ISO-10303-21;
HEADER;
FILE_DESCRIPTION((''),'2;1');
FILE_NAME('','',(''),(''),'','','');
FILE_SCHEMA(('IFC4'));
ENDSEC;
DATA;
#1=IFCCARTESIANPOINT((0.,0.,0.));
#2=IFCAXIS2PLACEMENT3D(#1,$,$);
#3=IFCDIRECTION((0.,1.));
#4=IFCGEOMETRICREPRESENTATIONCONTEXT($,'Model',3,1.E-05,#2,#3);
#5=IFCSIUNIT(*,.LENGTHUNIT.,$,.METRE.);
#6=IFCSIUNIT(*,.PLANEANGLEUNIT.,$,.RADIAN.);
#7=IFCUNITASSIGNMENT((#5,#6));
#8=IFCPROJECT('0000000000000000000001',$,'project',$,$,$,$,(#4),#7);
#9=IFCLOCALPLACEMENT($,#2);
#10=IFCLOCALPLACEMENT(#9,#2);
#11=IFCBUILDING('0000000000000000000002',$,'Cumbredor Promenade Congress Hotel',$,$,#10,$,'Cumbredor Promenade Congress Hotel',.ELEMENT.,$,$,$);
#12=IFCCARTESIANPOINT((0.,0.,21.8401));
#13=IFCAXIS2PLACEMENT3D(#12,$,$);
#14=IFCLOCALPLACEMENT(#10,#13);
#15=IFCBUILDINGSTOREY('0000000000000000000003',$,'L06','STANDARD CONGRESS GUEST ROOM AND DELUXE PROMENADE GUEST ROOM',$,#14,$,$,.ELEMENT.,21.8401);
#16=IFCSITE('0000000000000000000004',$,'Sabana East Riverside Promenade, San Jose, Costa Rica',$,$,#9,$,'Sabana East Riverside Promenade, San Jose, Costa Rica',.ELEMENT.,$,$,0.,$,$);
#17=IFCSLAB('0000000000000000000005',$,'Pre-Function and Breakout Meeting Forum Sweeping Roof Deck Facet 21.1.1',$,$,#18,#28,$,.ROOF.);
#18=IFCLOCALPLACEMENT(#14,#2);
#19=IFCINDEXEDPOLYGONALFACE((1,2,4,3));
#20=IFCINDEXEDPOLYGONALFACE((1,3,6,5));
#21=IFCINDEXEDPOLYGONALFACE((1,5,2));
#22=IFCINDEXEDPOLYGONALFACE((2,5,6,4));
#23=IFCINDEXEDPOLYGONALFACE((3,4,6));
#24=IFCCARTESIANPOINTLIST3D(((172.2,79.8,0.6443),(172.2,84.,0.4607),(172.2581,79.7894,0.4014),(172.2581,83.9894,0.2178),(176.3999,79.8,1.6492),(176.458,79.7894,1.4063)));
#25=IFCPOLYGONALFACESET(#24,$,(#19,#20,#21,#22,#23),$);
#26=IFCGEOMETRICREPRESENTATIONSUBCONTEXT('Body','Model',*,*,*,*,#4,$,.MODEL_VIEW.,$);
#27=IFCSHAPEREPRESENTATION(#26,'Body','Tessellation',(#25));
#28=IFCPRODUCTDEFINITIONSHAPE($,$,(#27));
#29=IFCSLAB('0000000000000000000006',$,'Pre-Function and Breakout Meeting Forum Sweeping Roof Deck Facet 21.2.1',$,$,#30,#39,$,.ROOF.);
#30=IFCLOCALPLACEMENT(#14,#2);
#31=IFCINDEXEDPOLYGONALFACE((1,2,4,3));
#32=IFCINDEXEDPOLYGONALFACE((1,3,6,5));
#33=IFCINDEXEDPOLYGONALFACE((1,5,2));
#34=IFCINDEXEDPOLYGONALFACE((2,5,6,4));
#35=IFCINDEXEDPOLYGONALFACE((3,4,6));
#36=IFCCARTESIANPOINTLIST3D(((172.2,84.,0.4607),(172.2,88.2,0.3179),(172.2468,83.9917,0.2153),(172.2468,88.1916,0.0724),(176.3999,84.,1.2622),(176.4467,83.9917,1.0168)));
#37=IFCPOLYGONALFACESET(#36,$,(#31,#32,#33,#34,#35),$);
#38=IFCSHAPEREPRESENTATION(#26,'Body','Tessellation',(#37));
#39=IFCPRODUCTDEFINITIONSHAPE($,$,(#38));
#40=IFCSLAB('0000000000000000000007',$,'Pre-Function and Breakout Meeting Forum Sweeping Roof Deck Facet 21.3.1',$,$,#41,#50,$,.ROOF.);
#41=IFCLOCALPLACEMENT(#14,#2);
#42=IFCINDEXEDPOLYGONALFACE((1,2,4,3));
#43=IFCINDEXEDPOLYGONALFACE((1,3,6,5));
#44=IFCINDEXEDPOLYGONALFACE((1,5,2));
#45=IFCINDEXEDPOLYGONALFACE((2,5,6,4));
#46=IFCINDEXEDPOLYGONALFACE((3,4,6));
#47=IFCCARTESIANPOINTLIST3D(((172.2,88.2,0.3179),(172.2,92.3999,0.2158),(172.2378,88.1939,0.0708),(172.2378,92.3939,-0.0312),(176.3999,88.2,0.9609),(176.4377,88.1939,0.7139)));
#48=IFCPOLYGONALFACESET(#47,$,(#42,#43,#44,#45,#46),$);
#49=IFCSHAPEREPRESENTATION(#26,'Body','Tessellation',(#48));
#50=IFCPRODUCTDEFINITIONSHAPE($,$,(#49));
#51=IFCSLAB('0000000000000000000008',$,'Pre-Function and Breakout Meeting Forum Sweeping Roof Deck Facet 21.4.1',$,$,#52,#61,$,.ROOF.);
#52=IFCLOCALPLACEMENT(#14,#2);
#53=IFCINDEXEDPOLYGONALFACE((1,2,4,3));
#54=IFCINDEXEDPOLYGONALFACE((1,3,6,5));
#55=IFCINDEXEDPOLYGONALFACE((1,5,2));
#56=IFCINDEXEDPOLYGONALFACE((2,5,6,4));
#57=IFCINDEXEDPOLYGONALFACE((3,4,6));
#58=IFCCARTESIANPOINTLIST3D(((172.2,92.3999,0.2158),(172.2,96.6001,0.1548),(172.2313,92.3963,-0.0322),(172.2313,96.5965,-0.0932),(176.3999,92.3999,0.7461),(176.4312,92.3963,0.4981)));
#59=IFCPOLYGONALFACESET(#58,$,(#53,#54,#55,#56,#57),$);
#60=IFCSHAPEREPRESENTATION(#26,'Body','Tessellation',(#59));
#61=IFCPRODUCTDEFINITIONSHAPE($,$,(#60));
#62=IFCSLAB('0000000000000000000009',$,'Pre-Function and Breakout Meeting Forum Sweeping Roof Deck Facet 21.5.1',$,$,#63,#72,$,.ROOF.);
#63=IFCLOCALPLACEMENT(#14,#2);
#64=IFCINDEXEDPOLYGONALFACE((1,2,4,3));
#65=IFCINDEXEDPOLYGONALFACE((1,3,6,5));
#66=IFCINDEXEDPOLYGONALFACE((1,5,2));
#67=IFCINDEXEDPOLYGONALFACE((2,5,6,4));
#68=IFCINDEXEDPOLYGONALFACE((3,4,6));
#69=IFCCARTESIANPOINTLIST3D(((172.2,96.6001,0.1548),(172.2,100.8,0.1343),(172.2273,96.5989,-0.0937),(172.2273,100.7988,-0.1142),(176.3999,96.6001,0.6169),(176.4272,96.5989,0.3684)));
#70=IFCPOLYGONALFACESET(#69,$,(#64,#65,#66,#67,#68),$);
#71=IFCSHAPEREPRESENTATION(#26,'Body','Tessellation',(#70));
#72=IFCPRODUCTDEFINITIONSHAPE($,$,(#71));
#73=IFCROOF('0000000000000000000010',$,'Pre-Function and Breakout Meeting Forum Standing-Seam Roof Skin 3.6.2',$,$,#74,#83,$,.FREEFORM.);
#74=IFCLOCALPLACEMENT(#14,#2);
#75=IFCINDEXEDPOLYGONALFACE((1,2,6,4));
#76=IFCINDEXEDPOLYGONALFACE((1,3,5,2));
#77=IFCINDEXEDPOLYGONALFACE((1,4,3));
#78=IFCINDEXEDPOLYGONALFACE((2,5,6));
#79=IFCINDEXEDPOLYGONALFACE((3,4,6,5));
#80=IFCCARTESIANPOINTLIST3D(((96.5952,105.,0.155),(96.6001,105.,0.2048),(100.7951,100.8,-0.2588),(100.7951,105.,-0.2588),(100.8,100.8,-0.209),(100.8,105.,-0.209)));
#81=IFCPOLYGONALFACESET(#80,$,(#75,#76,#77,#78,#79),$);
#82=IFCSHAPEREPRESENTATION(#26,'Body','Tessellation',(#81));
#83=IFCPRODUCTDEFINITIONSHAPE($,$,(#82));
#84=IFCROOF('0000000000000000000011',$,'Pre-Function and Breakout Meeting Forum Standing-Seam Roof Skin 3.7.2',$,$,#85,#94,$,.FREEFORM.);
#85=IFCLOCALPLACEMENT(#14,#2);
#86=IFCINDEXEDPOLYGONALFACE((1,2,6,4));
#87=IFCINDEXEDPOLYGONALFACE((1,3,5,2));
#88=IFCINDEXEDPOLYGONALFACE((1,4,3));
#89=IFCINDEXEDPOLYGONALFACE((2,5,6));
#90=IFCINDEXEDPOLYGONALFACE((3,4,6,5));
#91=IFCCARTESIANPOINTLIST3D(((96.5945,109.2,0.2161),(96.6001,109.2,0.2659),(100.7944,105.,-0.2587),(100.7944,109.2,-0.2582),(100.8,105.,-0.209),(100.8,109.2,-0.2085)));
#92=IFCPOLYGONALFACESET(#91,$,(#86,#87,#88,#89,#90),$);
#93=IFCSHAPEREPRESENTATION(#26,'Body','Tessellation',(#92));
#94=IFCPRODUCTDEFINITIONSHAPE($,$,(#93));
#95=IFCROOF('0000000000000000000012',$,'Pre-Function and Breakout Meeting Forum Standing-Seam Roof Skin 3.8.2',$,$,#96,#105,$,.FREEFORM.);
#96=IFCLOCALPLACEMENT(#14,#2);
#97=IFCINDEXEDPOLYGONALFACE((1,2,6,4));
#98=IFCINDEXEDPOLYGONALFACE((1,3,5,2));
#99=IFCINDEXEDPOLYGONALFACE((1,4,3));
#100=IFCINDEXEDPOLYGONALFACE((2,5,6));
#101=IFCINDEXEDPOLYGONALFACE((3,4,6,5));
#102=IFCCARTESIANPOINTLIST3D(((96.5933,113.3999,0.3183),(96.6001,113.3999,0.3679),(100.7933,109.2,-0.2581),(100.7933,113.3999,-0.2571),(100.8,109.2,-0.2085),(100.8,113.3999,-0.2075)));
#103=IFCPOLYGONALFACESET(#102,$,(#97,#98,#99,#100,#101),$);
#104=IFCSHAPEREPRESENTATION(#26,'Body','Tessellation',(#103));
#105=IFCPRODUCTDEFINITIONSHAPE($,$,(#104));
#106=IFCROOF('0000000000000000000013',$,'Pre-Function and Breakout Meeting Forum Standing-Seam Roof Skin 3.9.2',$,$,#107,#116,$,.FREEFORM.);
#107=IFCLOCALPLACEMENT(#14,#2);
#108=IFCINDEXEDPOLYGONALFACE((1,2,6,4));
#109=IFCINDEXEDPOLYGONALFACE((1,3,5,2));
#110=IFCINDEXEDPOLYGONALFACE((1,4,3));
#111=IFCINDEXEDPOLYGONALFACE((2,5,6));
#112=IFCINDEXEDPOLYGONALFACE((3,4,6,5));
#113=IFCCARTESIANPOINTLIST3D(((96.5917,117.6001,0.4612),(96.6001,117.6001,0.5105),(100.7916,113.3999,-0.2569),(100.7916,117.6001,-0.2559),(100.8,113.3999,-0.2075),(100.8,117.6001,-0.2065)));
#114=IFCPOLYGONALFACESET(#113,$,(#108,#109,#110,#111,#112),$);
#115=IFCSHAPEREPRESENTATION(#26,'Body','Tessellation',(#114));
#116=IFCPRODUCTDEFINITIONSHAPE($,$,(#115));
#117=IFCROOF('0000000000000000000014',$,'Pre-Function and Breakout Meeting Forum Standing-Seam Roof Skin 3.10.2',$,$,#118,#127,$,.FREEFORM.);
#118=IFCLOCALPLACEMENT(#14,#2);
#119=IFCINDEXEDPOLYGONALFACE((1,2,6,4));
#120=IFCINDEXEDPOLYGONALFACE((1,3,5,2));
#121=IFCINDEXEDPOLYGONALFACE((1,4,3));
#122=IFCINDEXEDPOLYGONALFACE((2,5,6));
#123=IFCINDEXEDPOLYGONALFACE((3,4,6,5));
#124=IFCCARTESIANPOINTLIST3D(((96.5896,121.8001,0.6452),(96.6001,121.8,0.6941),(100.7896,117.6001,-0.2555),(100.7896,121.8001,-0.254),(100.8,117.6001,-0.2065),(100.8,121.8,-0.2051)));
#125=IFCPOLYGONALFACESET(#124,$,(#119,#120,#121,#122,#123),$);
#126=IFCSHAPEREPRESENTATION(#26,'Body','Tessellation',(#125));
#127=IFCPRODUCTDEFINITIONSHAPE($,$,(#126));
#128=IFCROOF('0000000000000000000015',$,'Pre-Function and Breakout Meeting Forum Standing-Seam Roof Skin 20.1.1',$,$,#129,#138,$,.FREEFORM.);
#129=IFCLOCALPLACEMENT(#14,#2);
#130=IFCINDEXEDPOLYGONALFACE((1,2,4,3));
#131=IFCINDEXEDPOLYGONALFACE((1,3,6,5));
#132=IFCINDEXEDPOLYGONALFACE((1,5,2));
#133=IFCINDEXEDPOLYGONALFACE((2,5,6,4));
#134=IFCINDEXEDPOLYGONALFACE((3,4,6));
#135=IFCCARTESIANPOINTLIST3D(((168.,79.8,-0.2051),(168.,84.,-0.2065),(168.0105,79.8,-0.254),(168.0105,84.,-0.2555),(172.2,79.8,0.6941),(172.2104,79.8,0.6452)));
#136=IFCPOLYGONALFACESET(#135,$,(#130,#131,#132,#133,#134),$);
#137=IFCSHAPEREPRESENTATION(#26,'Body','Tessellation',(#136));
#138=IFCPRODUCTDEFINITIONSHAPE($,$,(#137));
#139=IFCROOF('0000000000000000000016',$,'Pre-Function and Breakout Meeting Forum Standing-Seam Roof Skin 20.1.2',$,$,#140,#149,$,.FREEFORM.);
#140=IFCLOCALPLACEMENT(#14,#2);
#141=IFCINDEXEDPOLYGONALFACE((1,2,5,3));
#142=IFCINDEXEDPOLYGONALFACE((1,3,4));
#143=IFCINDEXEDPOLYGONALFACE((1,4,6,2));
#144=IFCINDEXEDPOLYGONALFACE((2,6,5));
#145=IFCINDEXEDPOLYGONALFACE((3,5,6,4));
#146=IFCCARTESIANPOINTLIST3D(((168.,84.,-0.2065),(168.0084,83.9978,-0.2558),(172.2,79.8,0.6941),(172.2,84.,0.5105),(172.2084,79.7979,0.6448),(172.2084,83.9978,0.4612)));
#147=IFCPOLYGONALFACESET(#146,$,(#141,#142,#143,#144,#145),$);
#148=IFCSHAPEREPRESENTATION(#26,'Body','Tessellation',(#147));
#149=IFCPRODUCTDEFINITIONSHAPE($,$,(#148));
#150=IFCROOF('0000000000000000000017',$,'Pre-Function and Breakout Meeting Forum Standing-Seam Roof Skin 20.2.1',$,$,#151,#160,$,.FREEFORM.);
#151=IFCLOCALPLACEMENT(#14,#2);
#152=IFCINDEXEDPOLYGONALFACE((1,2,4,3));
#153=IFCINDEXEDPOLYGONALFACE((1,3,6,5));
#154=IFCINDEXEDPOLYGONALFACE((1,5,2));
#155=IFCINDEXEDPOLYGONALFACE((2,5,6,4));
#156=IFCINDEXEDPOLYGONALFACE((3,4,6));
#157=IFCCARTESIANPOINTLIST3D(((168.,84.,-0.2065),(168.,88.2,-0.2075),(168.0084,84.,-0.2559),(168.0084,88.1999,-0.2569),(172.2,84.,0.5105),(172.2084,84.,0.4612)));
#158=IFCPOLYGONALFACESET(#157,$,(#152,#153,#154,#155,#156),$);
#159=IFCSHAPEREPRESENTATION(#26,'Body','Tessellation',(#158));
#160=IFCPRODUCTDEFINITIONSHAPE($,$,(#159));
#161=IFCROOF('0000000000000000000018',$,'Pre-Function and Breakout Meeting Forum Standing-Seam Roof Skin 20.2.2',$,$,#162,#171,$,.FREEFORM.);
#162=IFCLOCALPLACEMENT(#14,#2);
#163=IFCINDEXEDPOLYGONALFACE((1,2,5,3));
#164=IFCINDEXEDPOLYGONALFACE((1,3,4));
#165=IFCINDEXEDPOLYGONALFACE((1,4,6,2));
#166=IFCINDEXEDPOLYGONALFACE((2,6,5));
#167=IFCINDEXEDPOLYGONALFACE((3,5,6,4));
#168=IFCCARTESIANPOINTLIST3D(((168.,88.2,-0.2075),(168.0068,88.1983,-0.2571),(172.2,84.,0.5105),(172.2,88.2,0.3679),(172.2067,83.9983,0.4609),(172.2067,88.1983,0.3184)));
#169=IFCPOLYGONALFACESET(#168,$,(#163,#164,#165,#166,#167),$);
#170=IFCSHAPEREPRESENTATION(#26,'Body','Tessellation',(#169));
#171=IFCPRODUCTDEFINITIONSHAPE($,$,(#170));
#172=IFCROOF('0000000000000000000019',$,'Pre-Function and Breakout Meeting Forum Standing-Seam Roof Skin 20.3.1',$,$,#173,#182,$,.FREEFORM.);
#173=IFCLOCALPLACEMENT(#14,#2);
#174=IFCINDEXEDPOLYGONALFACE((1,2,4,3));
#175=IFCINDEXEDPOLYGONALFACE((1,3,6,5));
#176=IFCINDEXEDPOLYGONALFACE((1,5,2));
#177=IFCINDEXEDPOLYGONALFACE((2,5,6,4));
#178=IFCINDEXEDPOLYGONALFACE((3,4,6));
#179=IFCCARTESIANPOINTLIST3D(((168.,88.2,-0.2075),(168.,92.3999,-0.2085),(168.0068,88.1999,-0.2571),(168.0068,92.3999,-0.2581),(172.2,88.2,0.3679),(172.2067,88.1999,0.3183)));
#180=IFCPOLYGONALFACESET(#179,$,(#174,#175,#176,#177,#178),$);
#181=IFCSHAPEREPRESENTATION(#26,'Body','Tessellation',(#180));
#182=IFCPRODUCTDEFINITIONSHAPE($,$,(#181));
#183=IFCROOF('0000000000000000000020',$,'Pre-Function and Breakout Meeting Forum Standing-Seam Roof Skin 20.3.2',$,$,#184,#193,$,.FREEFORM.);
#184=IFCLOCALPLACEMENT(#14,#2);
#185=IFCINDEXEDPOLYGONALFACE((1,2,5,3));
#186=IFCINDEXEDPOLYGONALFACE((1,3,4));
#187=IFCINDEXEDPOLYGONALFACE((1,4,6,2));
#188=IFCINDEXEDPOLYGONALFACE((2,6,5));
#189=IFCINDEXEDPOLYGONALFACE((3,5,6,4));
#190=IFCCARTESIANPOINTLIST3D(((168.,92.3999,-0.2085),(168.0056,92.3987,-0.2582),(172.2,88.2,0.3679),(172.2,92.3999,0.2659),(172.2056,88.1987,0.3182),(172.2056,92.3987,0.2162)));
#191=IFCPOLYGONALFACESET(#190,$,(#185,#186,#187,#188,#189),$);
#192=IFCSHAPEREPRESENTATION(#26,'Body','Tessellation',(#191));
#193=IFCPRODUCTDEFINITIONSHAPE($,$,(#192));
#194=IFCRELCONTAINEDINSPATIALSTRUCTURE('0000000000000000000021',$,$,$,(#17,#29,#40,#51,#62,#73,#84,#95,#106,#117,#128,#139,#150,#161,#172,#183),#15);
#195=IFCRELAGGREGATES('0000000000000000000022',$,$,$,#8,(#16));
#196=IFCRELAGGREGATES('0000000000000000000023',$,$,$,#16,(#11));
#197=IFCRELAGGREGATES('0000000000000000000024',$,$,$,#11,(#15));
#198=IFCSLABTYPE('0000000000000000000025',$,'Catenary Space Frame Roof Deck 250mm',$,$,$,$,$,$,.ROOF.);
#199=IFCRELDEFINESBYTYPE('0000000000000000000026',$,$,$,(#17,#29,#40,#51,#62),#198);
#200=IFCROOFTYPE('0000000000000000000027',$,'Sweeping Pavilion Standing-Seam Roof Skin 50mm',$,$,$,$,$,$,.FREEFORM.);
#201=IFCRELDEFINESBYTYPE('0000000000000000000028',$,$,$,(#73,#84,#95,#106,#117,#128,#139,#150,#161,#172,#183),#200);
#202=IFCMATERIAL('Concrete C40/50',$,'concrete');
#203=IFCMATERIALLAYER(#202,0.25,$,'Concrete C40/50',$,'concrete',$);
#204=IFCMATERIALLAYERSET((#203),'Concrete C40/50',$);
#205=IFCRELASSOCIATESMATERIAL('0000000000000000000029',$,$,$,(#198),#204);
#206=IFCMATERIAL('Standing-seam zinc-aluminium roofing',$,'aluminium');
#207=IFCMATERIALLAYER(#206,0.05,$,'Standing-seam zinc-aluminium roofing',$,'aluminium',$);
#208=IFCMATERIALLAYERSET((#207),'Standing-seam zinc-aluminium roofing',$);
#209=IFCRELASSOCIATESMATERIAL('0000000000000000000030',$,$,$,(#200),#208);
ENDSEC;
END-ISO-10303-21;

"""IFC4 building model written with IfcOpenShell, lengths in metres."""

from ifc_helpers import new_model, si_unit, direction, frame, origin, place, context, subcontext, project, spatial, polyline, outline, extrude, material, layer, layer_set, type_object, element, save


model = new_model("IFC4")

# Units and contexts
model_context = context("Model", 3, precision=1e-05, world=origin(), true_north=direction((0.0, 1.0)))
body_context = subcontext(model_context, "Body", "Model", "MODEL_VIEW")
ifc_project = project(units=[si_unit("LENGTHUNIT", "METRE"), si_unit("PLANEANGLEUNIT", "RADIAN")], contexts=[model_context])

# Site, building, storey
site_placement = place(None, origin())
site = spatial("IfcSite", under=ifc_project, at=site_placement, Name="Sabana East Riverside Promenade, San Jose, Costa Rica", LongName="Sabana East Riverside Promenade, San Jose, Costa Rica", CompositionType="ELEMENT", RefElevation=0.0)
building_placement = place(site_placement, origin())
building = spatial("IfcBuilding", under=site, at=building_placement, Name="Cumbredor Promenade Congress Hotel", LongName="Cumbredor Promenade Congress Hotel", CompositionType="ELEMENT")
storey_placement = place(building_placement, frame((0.0, 0.0, 21.8401)))
storey = spatial("IfcBuildingStorey", under=building, at=storey_placement, Name="L06", Description="STANDARD CONGRESS GUEST ROOM AND DELUXE PROMENADE GUEST ROOM", CompositionType="ELEMENT", Elevation=21.8401)

# Slabs
ifc_material_1 = material(Name="Concrete C40/50", Category="concrete")
ifc_layer_1 = layer(ifc_material_1, 0.25, Name="Concrete C40/50", Category="concrete")
ifc_layer_set_1 = layer_set([ifc_layer_1], Name="Concrete C40/50")
slab_type = type_object("IfcSlabType", Name="Catenary Space Frame Roof Deck 250mm", PredefinedType="ROOF", material=ifc_layer_set_1)
slab_1_placement = place(storey_placement, frame((172.2, 79.8, 0.6443), z_axis=(-0.232483, 0.042475, 0.971673), x_axis=(0.97255, 0.0, 0.232693)))
element("IfcSlab", 1, at=slab_1_placement, inside=storey, type_object=slab_type, Name="Pre-Function and Breakout Meeting Forum Sweeping Roof Deck Facet 21.1.1", PredefinedType="ROOF", context=body_context, shape_type="SweptSolid", body=[
    extrude(outline(polyline([(0.0, 0.0), (4.3185, 0.0), (-0.0427, 4.2037), (0.0, 0.0)])), origin(), (0.0, 0.0, -1.0), 0.25),
])
slab_2_placement = place(storey_placement, frame((172.2, 84.0, 0.4607), z_axis=(-0.187351, 0.033384, 0.981726), x_axis=(0.982273, 0.0, 0.187456)))
element("IfcSlab", 2, at=slab_2_placement, inside=storey, type_object=slab_type, Name="Pre-Function and Breakout Meeting Forum Sweeping Roof Deck Facet 21.2.1", PredefinedType="ROOF", context=body_context, shape_type="SweptSolid", body=[
    extrude(outline(polyline([(0.0, 0.0), (4.2757, 0.0), (-0.0268, 4.2023), (0.0, 0.0)])), origin(), (0.0, 0.0, -1.0), 0.25),
])
slab_3_placement = place(storey_placement, frame((172.2, 88.2, 0.3179), z_axis=(-0.151305, 0.024011, 0.988195), x_axis=(0.98848, 0.0, 0.151349)))
element("IfcSlab", 3, at=slab_3_placement, inside=storey, type_object=slab_type, Name="Pre-Function and Breakout Meeting Forum Sweeping Roof Deck Facet 21.3.1", PredefinedType="ROOF", context=body_context, shape_type="SweptSolid", body=[
    extrude(outline(polyline([(0.0, 0.0), (4.2489, 0.0), (-0.0154, 4.2012), (0.0, 0.0)])), origin(), (0.0, 0.0, -1.0), 0.25),
])
slab_4_placement = place(storey_placement, frame((172.2, 92.3999, 0.2158), z_axis=(-0.12525, 0.014416, 0.992021), x_axis=(0.992124, 0.0, 0.125263)))
element("IfcSlab", 4, at=slab_4_placement, inside=storey, type_object=slab_type, Name="Pre-Function and Breakout Meeting Forum Sweeping Roof Deck Facet 21.4.1", PredefinedType="ROOF", context=body_context, shape_type="SweptSolid", body=[
    extrude(outline(polyline([(0.0, 0.0), (4.2333, 0.0), (-0.0076, 4.2006), (0.0, 0.0)])), origin(), (0.0, 0.0, -1.0), 0.25),
])
slab_5_placement = place(storey_placement, frame((172.2, 96.6001, 0.1548), z_axis=(-0.109377, 0.004854, 0.993988), x_axis=(0.994, 0.0, 0.109379)))
element("IfcSlab", 5, at=slab_5_placement, inside=storey, type_object=slab_type, Name="Pre-Function and Breakout Meeting Forum Sweeping Roof Deck Facet 21.5.1", PredefinedType="ROOF", context=body_context, shape_type="SweptSolid", body=[
    extrude(outline(polyline([(0.0, 0.0), (4.2253, 0.0), (-0.0022, 4.2), (0.0, 0.0)])), origin(), (0.0, 0.0, -1.0), 0.25),
])

# Roofs
ifc_material_2 = material(Name="Standing-seam zinc-aluminium roofing", Category="aluminium")
ifc_layer_2 = layer(ifc_material_2, 0.05, Name="Standing-seam zinc-aluminium roofing", Category="aluminium")
ifc_layer_set_2 = layer_set([ifc_layer_2], Name="Standing-seam zinc-aluminium roofing")
roof_type = type_object("IfcRoofType", Name="Sweeping Pavilion Standing-Seam Roof Skin 50mm", PredefinedType="FREEFORM", material=ifc_layer_set_2)
roof_1_placement = place(storey_placement, frame((100.8, 100.8, -0.209), z_axis=(0.098055, 0.0, 0.995181), x_axis=(0.0, 1.0, 0.0)))
element("IfcRoof", 6, at=roof_1_placement, inside=storey, type_object=roof_type, Name="Pre-Function and Breakout Meeting Forum Standing-Seam Roof Skin 3.6.2", PredefinedType="FREEFORM", context=body_context, shape_type="SweptSolid", body=[
    extrude(outline(polyline([(0.0, 0.0), (4.2, 0.0), (4.2, 4.2203), (0.0, 0.0)])), origin(), (0.0, 0.0, -1.0), 0.05),
])
roof_2_placement = place(storey_placement, frame((100.8, 105.0, -0.209), z_axis=(0.112232, -0.000116, 0.993682), x_axis=(0.0, 1.0, 0.000116)))
element("IfcRoof", 7, at=roof_2_placement, inside=storey, type_object=roof_type, Name="Pre-Function and Breakout Meeting Forum Standing-Seam Roof Skin 3.7.2", PredefinedType="FREEFORM", context=body_context, shape_type="SweptSolid", body=[
    extrude(outline(polyline([(0.0, 0.0), (4.2, 0.0), (4.2, 4.2267), (0.0, 0.0)])), origin(), (0.0, 0.0, -1.0), 0.05),
])
roof_3_placement = place(storey_placement, frame((100.8, 109.2, -0.2085), z_axis=(0.135743, -0.00023, 0.990744), x_axis=(0.0, 1.0, 0.000233)))
element("IfcRoof", 8, at=roof_3_placement, inside=storey, type_object=roof_type, Name="Pre-Function and Breakout Meeting Forum Standing-Seam Roof Skin 3.8.2", PredefinedType="FREEFORM", context=body_context, shape_type="SweptSolid", body=[
    extrude(outline(polyline([(0.0, 0.0), (4.2, 0.0), (4.2001, 4.2392), (0.0, 0.0)])), origin(), (0.0, 0.0, -1.0), 0.05),
])
roof_4_placement = place(storey_placement, frame((100.8, 113.3999, -0.2075), z_axis=(0.168291, -0.000229, 0.985737), x_axis=(0.0, 1.0, 0.000233)))
element("IfcRoof", 9, at=roof_4_placement, inside=storey, type_object=roof_type, Name="Pre-Function and Breakout Meeting Forum Standing-Seam Roof Skin 3.9.2", PredefinedType="FREEFORM", context=body_context, shape_type="SweptSolid", body=[
    extrude(outline(polyline([(0.0, 0.0), (4.2002, 0.0), (4.2004, 4.2607), (0.0, 0.0)])), origin(), (0.0, 0.0, -1.0), 0.05),
])
roof_5_placement = place(storey_placement, frame((100.8, 117.6001, -0.2065), z_axis=(0.209347, -0.000341, 0.977841), x_axis=(0.0, 1.0, 0.000349)))
element("IfcRoof", 10, at=roof_5_placement, inside=storey, type_object=roof_type, Name="Pre-Function and Breakout Meeting Forum Standing-Seam Roof Skin 3.10.2", PredefinedType="FREEFORM", context=body_context, shape_type="SweptSolid", body=[
    extrude(outline(polyline([(0.0, 0.0), (4.2, 0.0), (4.2003, 4.2951), (0.0, 0.0)])), origin(), (0.0, 0.0, -1.0), 0.05),
])
roof_6_placement = place(storey_placement, frame((168.0, 79.8, -0.2051), z_axis=(-0.209347, 0.000341, 0.977841), x_axis=(0.977841, 0.0, 0.209347)))
element("IfcRoof", 11, at=roof_6_placement, inside=storey, type_object=roof_type, Name="Pre-Function and Breakout Meeting Forum Standing-Seam Roof Skin 20.1.1", PredefinedType="FREEFORM", context=body_context, shape_type="SweptSolid", body=[
    extrude(outline(polyline([(0.0, 0.0), (4.2951, 0.0), (-0.0003, 4.2), (0.0, 0.0)])), origin(), (0.0, 0.0, -1.0), 0.05),
])
roof_7_placement = place(storey_placement, frame((172.2, 79.8, 0.6941), z_axis=(-0.168135, 0.04305, 0.984823), x_axis=(0.0, 0.999046, -0.043672)))
element("IfcRoof", 12, at=roof_7_placement, inside=storey, type_object=roof_type, Name="Pre-Function and Breakout Meeting Forum Standing-Seam Roof Skin 20.1.2", PredefinedType="FREEFORM", context=body_context, shape_type="SweptSolid", body=[
    extrude(outline(polyline([(0.0, 0.0), (4.204, 0.0), (4.2353, 4.2606), (0.0, 0.0)])), origin(), (0.0, 0.0, -1.0), 0.05),
])
roof_8_placement = place(storey_placement, frame((168.0, 84.0, -0.2065), z_axis=(-0.168291, 0.000229, 0.985737), x_axis=(0.985737, 0.0, 0.168291)))
element("IfcRoof", 13, at=roof_8_placement, inside=storey, type_object=roof_type, Name="Pre-Function and Breakout Meeting Forum Standing-Seam Roof Skin 20.2.1", PredefinedType="FREEFORM", context=body_context, shape_type="SweptSolid", body=[
    extrude(outline(polyline([(0.0, 0.0), (4.2607, 0.0), (-0.0002, 4.2), (0.0, 0.0)])), origin(), (0.0, 0.0, -1.0), 0.05),
])
roof_9_placement = place(storey_placement, frame((172.2, 84.0, 0.5105), z_axis=(-0.135666, 0.033614, 0.990184), x_axis=(0.0, 0.999424, -0.033928)))
element("IfcRoof", 14, at=roof_9_placement, inside=storey, type_object=roof_type, Name="Pre-Function and Breakout Meeting Forum Standing-Seam Roof Skin 20.2.2", PredefinedType="FREEFORM", context=body_context, shape_type="SweptSolid", body=[
    extrude(outline(polyline([(0.0, 0.0), (4.2024, 0.0), (4.2219, 4.2391), (0.0, 0.0)])), origin(), (0.0, 0.0, -1.0), 0.05),
])
roof_10_placement = place(storey_placement, frame((168.0, 88.2, -0.2075), z_axis=(-0.135743, 0.00023, 0.990744), x_axis=(0.990744, 0.0, 0.135743)))
element("IfcRoof", 15, at=roof_10_placement, inside=storey, type_object=roof_type, Name="Pre-Function and Breakout Meeting Forum Standing-Seam Roof Skin 20.3.1", PredefinedType="FREEFORM", context=body_context, shape_type="SweptSolid", body=[
    extrude(outline(polyline([(0.0, 0.0), (4.2392, 0.0), (-0.0001, 4.2), (0.0, 0.0)])), origin(), (0.0, 0.0, -1.0), 0.05),
])
roof_11_placement = place(storey_placement, frame((172.2, 88.2, 0.3679), z_axis=(-0.112199, 0.024138, 0.993393), x_axis=(0.0, 0.999705, -0.024291)))
element("IfcRoof", 16, at=roof_11_placement, inside=storey, type_object=roof_type, Name="Pre-Function and Breakout Meeting Forum Standing-Seam Roof Skin 20.3.2", PredefinedType="FREEFORM", context=body_context, shape_type="SweptSolid", body=[
    extrude(outline(polyline([(0.0, 0.0), (4.2012, 0.0), (4.2127, 4.2266), (0.0, 0.0)])), origin(), (0.0, 0.0, -1.0), 0.05),
])

save(model, "model.ifc")
